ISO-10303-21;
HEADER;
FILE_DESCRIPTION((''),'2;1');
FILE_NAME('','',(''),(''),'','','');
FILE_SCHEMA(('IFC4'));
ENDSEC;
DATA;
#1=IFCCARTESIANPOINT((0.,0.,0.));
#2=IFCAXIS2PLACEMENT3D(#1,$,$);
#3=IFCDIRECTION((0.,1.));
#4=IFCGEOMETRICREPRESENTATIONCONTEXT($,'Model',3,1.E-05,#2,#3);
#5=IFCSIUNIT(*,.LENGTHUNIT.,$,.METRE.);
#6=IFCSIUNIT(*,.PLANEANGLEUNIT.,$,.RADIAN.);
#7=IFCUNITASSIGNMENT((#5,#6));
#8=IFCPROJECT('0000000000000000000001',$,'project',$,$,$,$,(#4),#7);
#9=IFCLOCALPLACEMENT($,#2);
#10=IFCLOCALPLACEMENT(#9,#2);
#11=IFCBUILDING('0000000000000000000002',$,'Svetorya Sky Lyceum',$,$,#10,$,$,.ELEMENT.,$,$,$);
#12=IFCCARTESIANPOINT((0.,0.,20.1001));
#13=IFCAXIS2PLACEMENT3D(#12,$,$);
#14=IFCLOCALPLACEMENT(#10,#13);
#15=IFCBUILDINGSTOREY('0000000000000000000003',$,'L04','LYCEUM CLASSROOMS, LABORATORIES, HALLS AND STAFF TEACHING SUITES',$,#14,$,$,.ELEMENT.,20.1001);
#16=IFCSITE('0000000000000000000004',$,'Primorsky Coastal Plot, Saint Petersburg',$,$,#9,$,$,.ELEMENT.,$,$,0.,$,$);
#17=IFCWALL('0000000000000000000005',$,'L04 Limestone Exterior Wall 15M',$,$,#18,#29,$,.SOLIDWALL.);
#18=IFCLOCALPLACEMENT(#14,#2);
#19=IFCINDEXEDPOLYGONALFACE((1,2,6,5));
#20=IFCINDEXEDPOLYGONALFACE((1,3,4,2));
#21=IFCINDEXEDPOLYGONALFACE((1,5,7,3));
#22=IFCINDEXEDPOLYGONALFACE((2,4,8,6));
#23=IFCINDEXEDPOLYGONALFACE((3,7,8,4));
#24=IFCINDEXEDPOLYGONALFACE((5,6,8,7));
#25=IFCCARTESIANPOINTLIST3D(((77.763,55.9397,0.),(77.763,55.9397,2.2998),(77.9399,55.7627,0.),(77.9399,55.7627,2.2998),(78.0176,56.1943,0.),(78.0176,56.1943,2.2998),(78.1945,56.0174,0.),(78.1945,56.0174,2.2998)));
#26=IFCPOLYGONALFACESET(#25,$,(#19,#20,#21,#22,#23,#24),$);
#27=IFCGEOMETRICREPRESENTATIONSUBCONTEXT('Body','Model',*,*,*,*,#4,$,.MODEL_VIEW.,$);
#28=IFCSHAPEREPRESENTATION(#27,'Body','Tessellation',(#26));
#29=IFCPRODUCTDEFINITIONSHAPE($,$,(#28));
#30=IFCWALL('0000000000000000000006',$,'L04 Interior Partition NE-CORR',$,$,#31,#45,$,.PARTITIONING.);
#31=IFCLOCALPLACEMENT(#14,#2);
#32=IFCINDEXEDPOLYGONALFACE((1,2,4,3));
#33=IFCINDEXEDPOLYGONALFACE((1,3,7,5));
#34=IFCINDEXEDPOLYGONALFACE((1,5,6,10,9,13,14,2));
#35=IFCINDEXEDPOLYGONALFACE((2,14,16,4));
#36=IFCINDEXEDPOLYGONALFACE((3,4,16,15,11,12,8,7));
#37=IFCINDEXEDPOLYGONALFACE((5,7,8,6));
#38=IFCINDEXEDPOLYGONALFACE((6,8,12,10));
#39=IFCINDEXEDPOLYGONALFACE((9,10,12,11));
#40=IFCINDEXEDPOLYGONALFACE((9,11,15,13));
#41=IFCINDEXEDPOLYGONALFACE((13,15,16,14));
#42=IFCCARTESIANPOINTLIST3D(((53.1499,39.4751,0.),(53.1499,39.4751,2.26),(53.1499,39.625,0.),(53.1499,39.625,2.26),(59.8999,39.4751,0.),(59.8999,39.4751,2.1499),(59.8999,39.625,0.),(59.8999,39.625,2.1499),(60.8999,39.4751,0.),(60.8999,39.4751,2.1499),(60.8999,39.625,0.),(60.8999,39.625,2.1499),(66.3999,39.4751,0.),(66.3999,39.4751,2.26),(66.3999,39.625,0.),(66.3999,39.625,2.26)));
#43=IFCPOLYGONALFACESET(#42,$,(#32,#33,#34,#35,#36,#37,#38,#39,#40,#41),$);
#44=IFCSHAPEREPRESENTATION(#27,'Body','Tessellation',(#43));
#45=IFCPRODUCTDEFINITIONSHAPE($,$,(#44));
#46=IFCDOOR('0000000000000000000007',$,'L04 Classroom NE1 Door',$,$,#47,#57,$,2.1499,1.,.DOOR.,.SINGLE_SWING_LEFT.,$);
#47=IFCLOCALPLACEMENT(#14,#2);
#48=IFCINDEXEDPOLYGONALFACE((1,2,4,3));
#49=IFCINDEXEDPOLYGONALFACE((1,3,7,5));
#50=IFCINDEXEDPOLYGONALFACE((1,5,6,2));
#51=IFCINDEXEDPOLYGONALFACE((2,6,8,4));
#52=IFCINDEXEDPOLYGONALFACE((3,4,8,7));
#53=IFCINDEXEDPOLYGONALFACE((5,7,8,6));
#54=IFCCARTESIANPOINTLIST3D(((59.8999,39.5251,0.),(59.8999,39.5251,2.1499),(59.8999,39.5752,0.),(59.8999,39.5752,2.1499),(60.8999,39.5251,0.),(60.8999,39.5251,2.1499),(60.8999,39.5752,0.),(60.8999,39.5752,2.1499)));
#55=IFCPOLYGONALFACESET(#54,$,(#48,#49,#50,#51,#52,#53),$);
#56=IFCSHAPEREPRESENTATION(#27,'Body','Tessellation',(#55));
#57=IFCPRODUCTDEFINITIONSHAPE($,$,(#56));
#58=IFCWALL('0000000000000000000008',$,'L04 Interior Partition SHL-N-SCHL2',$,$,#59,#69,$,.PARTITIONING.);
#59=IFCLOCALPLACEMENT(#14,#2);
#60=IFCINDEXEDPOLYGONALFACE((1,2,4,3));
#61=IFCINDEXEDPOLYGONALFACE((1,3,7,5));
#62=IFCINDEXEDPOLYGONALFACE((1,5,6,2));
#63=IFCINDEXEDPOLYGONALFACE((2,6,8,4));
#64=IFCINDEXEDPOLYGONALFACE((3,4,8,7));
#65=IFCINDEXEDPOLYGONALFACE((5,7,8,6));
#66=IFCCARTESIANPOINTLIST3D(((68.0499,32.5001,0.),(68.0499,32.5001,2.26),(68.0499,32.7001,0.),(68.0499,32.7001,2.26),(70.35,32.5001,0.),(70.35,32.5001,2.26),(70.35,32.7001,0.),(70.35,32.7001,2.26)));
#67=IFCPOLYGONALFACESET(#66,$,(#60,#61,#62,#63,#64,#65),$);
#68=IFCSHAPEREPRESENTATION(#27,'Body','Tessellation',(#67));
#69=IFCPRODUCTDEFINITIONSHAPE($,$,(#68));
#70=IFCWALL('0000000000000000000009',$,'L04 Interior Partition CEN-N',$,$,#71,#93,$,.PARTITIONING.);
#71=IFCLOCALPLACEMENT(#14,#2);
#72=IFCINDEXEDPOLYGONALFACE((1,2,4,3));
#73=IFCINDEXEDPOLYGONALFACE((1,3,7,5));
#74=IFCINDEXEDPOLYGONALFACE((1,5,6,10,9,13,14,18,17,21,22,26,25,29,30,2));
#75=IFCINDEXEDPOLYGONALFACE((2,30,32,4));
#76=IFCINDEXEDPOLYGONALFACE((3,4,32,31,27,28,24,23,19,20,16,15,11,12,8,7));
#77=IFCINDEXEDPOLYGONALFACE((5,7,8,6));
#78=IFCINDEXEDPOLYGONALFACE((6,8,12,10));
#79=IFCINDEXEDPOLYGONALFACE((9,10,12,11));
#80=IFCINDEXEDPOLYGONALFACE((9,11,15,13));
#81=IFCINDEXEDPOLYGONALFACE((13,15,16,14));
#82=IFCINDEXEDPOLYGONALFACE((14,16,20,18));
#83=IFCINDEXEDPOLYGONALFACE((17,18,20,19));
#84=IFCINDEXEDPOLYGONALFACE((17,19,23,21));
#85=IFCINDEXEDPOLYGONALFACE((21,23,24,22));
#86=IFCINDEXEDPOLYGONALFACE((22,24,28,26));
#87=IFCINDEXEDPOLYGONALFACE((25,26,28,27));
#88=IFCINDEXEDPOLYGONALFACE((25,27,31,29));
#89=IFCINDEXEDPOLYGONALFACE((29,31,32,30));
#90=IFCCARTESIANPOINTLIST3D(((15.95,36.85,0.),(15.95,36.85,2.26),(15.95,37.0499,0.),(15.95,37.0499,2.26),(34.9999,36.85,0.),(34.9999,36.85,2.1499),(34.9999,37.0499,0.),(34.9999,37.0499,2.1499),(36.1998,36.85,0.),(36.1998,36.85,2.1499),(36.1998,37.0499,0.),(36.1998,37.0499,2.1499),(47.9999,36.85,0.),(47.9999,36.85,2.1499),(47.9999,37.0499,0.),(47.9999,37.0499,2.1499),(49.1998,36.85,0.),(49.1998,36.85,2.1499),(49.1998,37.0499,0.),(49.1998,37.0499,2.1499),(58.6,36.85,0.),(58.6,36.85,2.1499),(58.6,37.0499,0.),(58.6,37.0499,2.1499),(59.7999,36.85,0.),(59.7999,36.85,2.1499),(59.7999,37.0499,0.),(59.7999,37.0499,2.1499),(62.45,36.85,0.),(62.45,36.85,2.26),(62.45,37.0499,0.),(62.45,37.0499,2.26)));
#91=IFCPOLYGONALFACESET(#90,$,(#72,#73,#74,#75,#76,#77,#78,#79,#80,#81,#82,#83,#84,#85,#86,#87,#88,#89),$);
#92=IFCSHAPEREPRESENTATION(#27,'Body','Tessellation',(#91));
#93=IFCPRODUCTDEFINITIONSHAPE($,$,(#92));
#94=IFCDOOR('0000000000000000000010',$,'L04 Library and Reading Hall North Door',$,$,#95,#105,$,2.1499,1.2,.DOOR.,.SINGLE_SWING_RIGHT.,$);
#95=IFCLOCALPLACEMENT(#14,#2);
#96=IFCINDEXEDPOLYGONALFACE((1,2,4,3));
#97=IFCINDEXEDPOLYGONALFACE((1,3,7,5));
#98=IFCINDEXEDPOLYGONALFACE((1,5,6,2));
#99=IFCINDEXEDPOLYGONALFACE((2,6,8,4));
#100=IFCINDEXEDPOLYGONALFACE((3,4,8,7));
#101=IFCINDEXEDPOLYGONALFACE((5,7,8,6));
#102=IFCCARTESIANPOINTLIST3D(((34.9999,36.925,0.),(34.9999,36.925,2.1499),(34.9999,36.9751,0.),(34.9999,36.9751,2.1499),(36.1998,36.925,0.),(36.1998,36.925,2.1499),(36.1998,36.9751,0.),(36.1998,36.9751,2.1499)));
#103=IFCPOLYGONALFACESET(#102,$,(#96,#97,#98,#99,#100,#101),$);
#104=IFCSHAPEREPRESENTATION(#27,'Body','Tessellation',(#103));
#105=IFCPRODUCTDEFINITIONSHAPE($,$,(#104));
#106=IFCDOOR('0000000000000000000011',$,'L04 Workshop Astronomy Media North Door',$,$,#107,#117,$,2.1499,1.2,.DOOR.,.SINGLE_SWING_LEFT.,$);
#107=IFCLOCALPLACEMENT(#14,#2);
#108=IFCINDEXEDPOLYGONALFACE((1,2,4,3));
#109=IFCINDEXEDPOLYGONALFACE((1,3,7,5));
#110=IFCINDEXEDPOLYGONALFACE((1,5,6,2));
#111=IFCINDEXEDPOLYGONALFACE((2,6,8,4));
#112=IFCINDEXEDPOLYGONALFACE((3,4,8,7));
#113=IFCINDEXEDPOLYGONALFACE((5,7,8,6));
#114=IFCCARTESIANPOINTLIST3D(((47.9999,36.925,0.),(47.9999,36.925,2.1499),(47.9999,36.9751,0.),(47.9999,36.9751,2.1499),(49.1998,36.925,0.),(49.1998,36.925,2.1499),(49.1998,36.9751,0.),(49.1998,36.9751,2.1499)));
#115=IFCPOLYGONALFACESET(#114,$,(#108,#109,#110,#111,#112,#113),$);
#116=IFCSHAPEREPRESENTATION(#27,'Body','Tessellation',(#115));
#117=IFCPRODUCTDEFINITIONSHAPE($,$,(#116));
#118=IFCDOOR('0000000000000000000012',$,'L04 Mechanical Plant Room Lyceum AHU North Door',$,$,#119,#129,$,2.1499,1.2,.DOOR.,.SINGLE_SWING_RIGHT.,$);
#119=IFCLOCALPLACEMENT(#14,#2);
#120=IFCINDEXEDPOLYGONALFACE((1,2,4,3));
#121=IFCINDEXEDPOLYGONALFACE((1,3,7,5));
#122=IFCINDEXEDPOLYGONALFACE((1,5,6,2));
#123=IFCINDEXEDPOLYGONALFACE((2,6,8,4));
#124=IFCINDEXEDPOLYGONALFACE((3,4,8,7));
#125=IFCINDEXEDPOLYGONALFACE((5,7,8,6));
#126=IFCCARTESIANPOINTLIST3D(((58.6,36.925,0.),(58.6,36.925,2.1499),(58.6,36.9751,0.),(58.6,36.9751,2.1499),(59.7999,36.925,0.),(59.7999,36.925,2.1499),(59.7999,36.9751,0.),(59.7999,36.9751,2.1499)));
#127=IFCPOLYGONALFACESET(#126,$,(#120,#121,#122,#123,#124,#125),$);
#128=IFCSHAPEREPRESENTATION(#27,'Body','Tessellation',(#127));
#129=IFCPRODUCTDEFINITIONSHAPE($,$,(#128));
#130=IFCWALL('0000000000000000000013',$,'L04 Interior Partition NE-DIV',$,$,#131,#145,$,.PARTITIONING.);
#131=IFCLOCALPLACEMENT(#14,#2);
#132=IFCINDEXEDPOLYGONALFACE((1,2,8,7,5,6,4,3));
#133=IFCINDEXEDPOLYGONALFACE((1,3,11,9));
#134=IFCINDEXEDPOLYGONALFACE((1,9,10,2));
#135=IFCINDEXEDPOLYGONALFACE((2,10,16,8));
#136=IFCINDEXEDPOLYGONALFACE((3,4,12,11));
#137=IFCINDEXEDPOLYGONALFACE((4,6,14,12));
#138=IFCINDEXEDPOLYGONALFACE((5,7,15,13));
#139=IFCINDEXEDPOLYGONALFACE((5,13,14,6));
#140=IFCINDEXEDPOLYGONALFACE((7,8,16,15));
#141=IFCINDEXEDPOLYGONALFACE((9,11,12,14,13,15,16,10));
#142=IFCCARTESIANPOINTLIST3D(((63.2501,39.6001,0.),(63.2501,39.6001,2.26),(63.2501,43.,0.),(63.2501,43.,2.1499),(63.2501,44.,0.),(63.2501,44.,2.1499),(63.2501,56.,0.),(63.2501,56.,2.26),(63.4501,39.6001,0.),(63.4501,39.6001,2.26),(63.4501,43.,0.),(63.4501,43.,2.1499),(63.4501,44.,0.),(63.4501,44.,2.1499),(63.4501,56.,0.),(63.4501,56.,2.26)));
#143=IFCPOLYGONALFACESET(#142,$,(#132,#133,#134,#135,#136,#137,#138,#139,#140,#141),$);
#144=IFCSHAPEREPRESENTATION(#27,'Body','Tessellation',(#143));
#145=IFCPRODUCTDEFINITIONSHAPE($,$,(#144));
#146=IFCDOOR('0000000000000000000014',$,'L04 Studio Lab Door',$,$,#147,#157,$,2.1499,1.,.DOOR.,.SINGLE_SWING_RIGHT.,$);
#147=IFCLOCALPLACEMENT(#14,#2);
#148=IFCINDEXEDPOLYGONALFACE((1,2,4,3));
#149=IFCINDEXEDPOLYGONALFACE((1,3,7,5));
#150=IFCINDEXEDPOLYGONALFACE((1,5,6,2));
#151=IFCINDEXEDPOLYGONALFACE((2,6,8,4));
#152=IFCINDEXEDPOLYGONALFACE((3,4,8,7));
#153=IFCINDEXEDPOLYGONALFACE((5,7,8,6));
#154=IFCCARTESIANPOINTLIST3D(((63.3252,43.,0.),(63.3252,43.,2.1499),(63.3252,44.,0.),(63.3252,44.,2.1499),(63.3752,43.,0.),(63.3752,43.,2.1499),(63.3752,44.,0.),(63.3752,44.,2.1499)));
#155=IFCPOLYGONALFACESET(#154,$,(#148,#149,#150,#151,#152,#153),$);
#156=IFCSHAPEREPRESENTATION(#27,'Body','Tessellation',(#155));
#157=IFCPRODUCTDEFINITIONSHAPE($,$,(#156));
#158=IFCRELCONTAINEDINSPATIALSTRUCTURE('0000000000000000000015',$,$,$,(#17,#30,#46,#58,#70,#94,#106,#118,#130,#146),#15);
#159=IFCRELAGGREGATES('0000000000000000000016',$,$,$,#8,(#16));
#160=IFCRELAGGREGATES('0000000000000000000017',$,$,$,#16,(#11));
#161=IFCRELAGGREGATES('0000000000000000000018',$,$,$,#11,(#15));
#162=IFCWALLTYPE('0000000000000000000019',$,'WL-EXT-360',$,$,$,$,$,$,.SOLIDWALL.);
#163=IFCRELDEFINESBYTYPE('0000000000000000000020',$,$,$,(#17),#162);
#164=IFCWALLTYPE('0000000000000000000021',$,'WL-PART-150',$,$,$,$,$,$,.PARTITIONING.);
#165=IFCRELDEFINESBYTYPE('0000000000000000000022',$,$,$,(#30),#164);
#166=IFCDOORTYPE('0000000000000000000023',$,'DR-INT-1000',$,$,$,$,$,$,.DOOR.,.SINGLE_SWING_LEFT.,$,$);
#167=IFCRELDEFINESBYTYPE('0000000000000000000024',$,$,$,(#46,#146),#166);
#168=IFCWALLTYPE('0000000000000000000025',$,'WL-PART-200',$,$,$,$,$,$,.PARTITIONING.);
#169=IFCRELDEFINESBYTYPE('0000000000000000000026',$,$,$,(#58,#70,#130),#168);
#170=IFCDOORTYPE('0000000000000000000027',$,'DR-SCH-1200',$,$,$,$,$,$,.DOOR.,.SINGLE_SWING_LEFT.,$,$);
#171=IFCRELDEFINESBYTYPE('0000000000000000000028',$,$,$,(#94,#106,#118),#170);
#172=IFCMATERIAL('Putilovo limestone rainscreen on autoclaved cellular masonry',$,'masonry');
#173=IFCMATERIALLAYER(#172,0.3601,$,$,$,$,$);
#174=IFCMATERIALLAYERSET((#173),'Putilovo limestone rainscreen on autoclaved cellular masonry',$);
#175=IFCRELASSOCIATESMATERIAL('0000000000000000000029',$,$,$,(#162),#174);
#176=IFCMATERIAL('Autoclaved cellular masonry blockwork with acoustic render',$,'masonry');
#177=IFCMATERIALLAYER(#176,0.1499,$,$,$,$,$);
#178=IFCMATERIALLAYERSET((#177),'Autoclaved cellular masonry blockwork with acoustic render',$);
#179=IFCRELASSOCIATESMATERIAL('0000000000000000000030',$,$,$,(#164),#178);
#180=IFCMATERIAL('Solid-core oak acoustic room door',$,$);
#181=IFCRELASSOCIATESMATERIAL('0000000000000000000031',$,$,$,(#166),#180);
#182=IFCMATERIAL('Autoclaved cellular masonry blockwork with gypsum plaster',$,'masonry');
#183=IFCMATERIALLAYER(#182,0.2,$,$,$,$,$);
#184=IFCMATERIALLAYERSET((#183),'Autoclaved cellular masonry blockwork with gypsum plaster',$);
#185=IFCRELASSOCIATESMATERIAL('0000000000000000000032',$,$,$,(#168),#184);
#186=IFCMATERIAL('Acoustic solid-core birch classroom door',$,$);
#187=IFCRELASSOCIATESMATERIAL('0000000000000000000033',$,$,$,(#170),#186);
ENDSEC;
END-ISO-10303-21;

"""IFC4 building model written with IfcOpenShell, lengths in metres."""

from ifc_helpers import new_model, si_unit, direction, frame, frame_2d, origin, place, context, subcontext, project, spatial, rectangle, extrude, material, layer, layer_set, type_object, element, fill, save


model = new_model("IFC4")

# Units and contexts
model_context = context("Model", 3, precision=1e-05, world=origin(), true_north=direction((0.0, 1.0)))
body_context = subcontext(model_context, "Body", "Model", "MODEL_VIEW")
ifc_project = project(units=[si_unit("LENGTHUNIT", "METRE"), si_unit("PLANEANGLEUNIT", "RADIAN")], contexts=[model_context])

# Site, building, storey
site_placement = place(None, origin())
site = spatial("IfcSite", under=ifc_project, at=site_placement, Name="Primorsky Coastal Plot, Saint Petersburg", CompositionType="ELEMENT", RefElevation=0.0)
building_placement = place(site_placement, origin())
building = spatial("IfcBuilding", under=site, at=building_placement, Name="Svetorya Sky Lyceum", CompositionType="ELEMENT")
storey_placement = place(building_placement, frame((0.0, 0.0, 20.1001)))
storey = spatial("IfcBuildingStorey", under=building, at=storey_placement, Name="L04", Description="LYCEUM CLASSROOMS, LABORATORIES, HALLS AND STAFF TEACHING SUITES", CompositionType="ELEMENT", Elevation=20.1001)

# Wall
ifc_material_1 = material(Name="Putilovo limestone rainscreen on autoclaved cellular masonry", Category="masonry")
ifc_layer_1 = layer(ifc_material_1, 0.3601)
ifc_layer_set_1 = layer_set([ifc_layer_1], Name="Putilovo limestone rainscreen on autoclaved cellular masonry")
wall_type_1 = type_object("IfcWallType", Name="WL-EXT-360", PredefinedType="SOLIDWALL", material=ifc_layer_set_1)
for number, where, z_axis, x_axis, name in (
    (1, (78.0671, 55.8901, 0.0), (0.0, 0.0, 1.0), (-0.707107, 0.707107, 0.0), "L04 Limestone Exterior Wall 15M"),
):
    element("IfcWall", number, at=place(storey_placement, frame(where, z_axis=z_axis, x_axis=x_axis)), inside=storey, type_object=wall_type_1, Name=name, PredefinedType="SOLIDWALL", context=body_context, shape_type="SweptSolid", body=[
        extrude(rectangle(XDim=0.2502, YDim=0.3601, at=frame_2d((0.125, 0.0))), origin(), (0.0, 0.0, 1.0), 2.2998),
    ])

# Wall, opening, door
ifc_material_2 = material(Name="Autoclaved cellular masonry blockwork with acoustic render", Category="masonry")
ifc_layer_2 = layer(ifc_material_2, 0.1499)
ifc_layer_set_2 = layer_set([ifc_layer_2], Name="Autoclaved cellular masonry blockwork with acoustic render")
wall_type_2 = type_object("IfcWallType", Name="WL-PART-150", PredefinedType="PARTITIONING", material=ifc_layer_set_2)
wall_1_placement = place(storey_placement, frame((66.3999, 39.55, 0.0), z_axis=(0.0, 0.0, 1.0), x_axis=(-1.0, 0.0, 0.0)))
wall_1 = element("IfcWall", 2, at=wall_1_placement, inside=storey, type_object=wall_type_2, Name="L04 Interior Partition NE-CORR", PredefinedType="PARTITIONING", context=body_context, shape_type="SweptSolid", body=[
    extrude(rectangle(XDim=13.25, YDim=0.1499, at=frame_2d((6.625, 0.0))), origin(), (0.0, 0.0, 1.0), 2.26),
])
opening_1_placement = place(wall_1_placement, frame((5.5, 0.0, 0.0)))
opening_1 = element("IfcOpeningElement", 3, at=opening_1_placement, cuts=wall_1, PredefinedType="OPENING", context=body_context, shape_type="SweptSolid", body=[
    extrude(rectangle(XDim=1.0, YDim=2.1499, at=frame_2d((0.5, 1.075))), frame((0.0, 0.085, 0.0), z_axis=(0.0, -1.0, 0.0), x_axis=(1.0, 0.0, 0.0)), (0.0, 0.0, 1.0), 0.1699),
])
ifc_material_3 = material(Name="Solid-core oak acoustic room door")
door_type_1 = type_object("IfcDoorType", Name="DR-INT-1000", OperationType="SINGLE_SWING_LEFT", PredefinedType="DOOR", material=ifc_material_3)
door_1_placement = place(opening_1_placement, origin())
door_1 = element("IfcDoor", 4, at=door_1_placement, inside=storey, type_object=door_type_1, Name="L04 Classroom NE1 Door", OperationType="SINGLE_SWING_LEFT", OverallHeight=2.1499, OverallWidth=1.0, PredefinedType="DOOR", context=body_context, shape_type="SweptSolid", body=[
    extrude(rectangle(XDim=1.0, YDim=2.1499, at=frame_2d((0.5, 1.075))), frame((0.0, 0.0249, 0.0), z_axis=(0.0, -1.0, 0.0), x_axis=(1.0, 0.0, 0.0)), (0.0, 0.0, 1.0), 0.05),
])
fill(opening_1, door_1)

# Wall
ifc_material_4 = material(Name="Autoclaved cellular masonry blockwork with gypsum plaster", Category="masonry")
ifc_layer_3 = layer(ifc_material_4, 0.2)
ifc_layer_set_3 = layer_set([ifc_layer_3], Name="Autoclaved cellular masonry blockwork with gypsum plaster")
wall_type_3 = type_object("IfcWallType", Name="WL-PART-200", PredefinedType="PARTITIONING", material=ifc_layer_set_3)
wall_2_placement = place(storey_placement, frame((68.05, 32.6001, 0.0), z_axis=(0.0, 0.0, 1.0), x_axis=(1.0, 0.0, 0.0)))
element("IfcWall", 5, at=wall_2_placement, inside=storey, type_object=wall_type_3, Name="L04 Interior Partition SHL-N-SCHL2", PredefinedType="PARTITIONING", context=body_context, shape_type="SweptSolid", body=[
    extrude(rectangle(XDim=2.3, YDim=0.2, at=frame_2d((1.1499, 0.0))), origin(), (0.0, 0.0, 1.0), 2.26),
])

# Wall, openings, doors
wall_3_placement = place(storey_placement, frame((62.45, 36.95, 0.0), z_axis=(0.0, 0.0, 1.0), x_axis=(-1.0, 0.0, 0.0)))
wall_3 = element("IfcWall", 6, at=wall_3_placement, inside=storey, type_object=wall_type_3, Name="L04 Interior Partition CEN-N", PredefinedType="PARTITIONING", context=body_context, shape_type="SweptSolid", body=[
    extrude(rectangle(XDim=46.5, YDim=0.2, at=frame_2d((23.25, 0.0))), origin(), (0.0, 0.0, 1.0), 2.26),
])
opening_2_placement = place(wall_3_placement, frame((26.25, 0.0, 0.0)))
opening_2 = element("IfcOpeningElement", 7, at=opening_2_placement, cuts=wall_3, PredefinedType="OPENING", context=body_context, shape_type="SweptSolid", body=[
    extrude(rectangle(XDim=1.2, YDim=2.1499, at=frame_2d((0.6001, 1.075))), frame((0.0, 0.1099, 0.0), z_axis=(0.0, -1.0, 0.0), x_axis=(1.0, 0.0, 0.0)), (0.0, 0.0, 1.0), 0.22),
])
opening_3_placement = place(wall_3_placement, frame((13.25, 0.0, 0.0)))
opening_3 = element("IfcOpeningElement", 8, at=opening_3_placement, cuts=wall_3, PredefinedType="OPENING", context=body_context, shape_type="SweptSolid", body=[
    extrude(rectangle(XDim=1.2, YDim=2.1499, at=frame_2d((0.6001, 1.075))), frame((0.0, 0.1099, 0.0), z_axis=(0.0, -1.0, 0.0), x_axis=(1.0, 0.0, 0.0)), (0.0, 0.0, 1.0), 0.22),
])
opening_4_placement = place(wall_3_placement, frame((2.6499, 0.0, 0.0)))
opening_4 = element("IfcOpeningElement", 9, at=opening_4_placement, cuts=wall_3, PredefinedType="OPENING", context=body_context, shape_type="SweptSolid", body=[
    extrude(rectangle(XDim=1.2, YDim=2.1499, at=frame_2d((0.6001, 1.075))), frame((0.0, 0.1099, 0.0), z_axis=(0.0, -1.0, 0.0), x_axis=(1.0, 0.0, 0.0)), (0.0, 0.0, 1.0), 0.22),
])
ifc_material_5 = material(Name="Acoustic solid-core birch classroom door")
door_type_2 = type_object("IfcDoorType", Name="DR-SCH-1200", OperationType="SINGLE_SWING_LEFT", PredefinedType="DOOR", material=ifc_material_5)
door_2_placement = place(opening_2_placement, origin())
door_2 = element("IfcDoor", 10, at=door_2_placement, inside=storey, type_object=door_type_2, Name="L04 Library and Reading Hall North Door", OperationType="SINGLE_SWING_RIGHT", OverallHeight=2.1499, OverallWidth=1.2, PredefinedType="DOOR", context=body_context, shape_type="SweptSolid", body=[
    extrude(rectangle(XDim=1.2, YDim=2.1499, at=frame_2d((0.6001, 1.075))), frame((0.0, 0.0249, 0.0), z_axis=(0.0, -1.0, 0.0), x_axis=(1.0, 0.0, 0.0)), (0.0, 0.0, 1.0), 0.05),
])
fill(opening_2, door_2)
door_3_placement = place(opening_3_placement, origin())
door_3 = element("IfcDoor", 11, at=door_3_placement, inside=storey, type_object=door_type_2, Name="L04 Workshop Astronomy Media North Door", OperationType="SINGLE_SWING_LEFT", OverallHeight=2.1499, OverallWidth=1.2, PredefinedType="DOOR", context=body_context, shape_type="SweptSolid", body=[
    extrude(rectangle(XDim=1.2, YDim=2.1499, at=frame_2d((0.6001, 1.075))), frame((0.0, 0.0249, 0.0), z_axis=(0.0, -1.0, 0.0), x_axis=(1.0, 0.0, 0.0)), (0.0, 0.0, 1.0), 0.05),
])
fill(opening_3, door_3)
door_4_placement = place(opening_4_placement, origin())
door_4 = element("IfcDoor", 12, at=door_4_placement, inside=storey, type_object=door_type_2, Name="L04 Mechanical Plant Room Lyceum AHU North Door", OperationType="SINGLE_SWING_RIGHT", OverallHeight=2.1499, OverallWidth=1.2, PredefinedType="DOOR", context=body_context, shape_type="SweptSolid", body=[
    extrude(rectangle(XDim=1.2, YDim=2.1499, at=frame_2d((0.6001, 1.075))), frame((0.0, 0.0249, 0.0), z_axis=(0.0, -1.0, 0.0), x_axis=(1.0, 0.0, 0.0)), (0.0, 0.0, 1.0), 0.05),
])
fill(opening_4, door_4)

# Wall, opening, door
wall_4_placement = place(storey_placement, frame((63.3501, 39.6001, 0.0), z_axis=(0.0, 0.0, 1.0), x_axis=(0.0, 1.0, 0.0)))
wall_4 = element("IfcWall", 13, at=wall_4_placement, inside=storey, type_object=wall_type_3, Name="L04 Interior Partition NE-DIV", PredefinedType="PARTITIONING", context=body_context, shape_type="SweptSolid", body=[
    extrude(rectangle(XDim=16.3999, YDim=0.2, at=frame_2d((8.2, 0.0))), origin(), (0.0, 0.0, 1.0), 2.26),
])
opening_5_placement = place(wall_4_placement, frame((3.3999, 0.0, 0.0)))
opening_5 = element("IfcOpeningElement", 14, at=opening_5_placement, cuts=wall_4, PredefinedType="OPENING", context=body_context, shape_type="SweptSolid", body=[
    extrude(rectangle(XDim=1.0, YDim=2.1499, at=frame_2d((0.5, 1.075))), frame((0.0, 0.1099, 0.0), z_axis=(0.0, -1.0, 0.0), x_axis=(1.0, 0.0, 0.0)), (0.0, 0.0, 1.0), 0.22),
])
door_5_placement = place(opening_5_placement, origin())
door_5 = element("IfcDoor", 15, at=door_5_placement, inside=storey, type_object=door_type_1, Name="L04 Studio Lab Door", OperationType="SINGLE_SWING_RIGHT", OverallHeight=2.1499, OverallWidth=1.0, PredefinedType="DOOR", context=body_context, shape_type="SweptSolid", body=[
    extrude(rectangle(XDim=1.0, YDim=2.1499, at=frame_2d((0.5, 1.075))), frame((0.0, 0.0249, 0.0), z_axis=(0.0, -1.0, 0.0), x_axis=(1.0, 0.0, 0.0)), (0.0, 0.0, 1.0), 0.05),
])
fill(opening_5, door_5)

save(model, "model.ifc")
